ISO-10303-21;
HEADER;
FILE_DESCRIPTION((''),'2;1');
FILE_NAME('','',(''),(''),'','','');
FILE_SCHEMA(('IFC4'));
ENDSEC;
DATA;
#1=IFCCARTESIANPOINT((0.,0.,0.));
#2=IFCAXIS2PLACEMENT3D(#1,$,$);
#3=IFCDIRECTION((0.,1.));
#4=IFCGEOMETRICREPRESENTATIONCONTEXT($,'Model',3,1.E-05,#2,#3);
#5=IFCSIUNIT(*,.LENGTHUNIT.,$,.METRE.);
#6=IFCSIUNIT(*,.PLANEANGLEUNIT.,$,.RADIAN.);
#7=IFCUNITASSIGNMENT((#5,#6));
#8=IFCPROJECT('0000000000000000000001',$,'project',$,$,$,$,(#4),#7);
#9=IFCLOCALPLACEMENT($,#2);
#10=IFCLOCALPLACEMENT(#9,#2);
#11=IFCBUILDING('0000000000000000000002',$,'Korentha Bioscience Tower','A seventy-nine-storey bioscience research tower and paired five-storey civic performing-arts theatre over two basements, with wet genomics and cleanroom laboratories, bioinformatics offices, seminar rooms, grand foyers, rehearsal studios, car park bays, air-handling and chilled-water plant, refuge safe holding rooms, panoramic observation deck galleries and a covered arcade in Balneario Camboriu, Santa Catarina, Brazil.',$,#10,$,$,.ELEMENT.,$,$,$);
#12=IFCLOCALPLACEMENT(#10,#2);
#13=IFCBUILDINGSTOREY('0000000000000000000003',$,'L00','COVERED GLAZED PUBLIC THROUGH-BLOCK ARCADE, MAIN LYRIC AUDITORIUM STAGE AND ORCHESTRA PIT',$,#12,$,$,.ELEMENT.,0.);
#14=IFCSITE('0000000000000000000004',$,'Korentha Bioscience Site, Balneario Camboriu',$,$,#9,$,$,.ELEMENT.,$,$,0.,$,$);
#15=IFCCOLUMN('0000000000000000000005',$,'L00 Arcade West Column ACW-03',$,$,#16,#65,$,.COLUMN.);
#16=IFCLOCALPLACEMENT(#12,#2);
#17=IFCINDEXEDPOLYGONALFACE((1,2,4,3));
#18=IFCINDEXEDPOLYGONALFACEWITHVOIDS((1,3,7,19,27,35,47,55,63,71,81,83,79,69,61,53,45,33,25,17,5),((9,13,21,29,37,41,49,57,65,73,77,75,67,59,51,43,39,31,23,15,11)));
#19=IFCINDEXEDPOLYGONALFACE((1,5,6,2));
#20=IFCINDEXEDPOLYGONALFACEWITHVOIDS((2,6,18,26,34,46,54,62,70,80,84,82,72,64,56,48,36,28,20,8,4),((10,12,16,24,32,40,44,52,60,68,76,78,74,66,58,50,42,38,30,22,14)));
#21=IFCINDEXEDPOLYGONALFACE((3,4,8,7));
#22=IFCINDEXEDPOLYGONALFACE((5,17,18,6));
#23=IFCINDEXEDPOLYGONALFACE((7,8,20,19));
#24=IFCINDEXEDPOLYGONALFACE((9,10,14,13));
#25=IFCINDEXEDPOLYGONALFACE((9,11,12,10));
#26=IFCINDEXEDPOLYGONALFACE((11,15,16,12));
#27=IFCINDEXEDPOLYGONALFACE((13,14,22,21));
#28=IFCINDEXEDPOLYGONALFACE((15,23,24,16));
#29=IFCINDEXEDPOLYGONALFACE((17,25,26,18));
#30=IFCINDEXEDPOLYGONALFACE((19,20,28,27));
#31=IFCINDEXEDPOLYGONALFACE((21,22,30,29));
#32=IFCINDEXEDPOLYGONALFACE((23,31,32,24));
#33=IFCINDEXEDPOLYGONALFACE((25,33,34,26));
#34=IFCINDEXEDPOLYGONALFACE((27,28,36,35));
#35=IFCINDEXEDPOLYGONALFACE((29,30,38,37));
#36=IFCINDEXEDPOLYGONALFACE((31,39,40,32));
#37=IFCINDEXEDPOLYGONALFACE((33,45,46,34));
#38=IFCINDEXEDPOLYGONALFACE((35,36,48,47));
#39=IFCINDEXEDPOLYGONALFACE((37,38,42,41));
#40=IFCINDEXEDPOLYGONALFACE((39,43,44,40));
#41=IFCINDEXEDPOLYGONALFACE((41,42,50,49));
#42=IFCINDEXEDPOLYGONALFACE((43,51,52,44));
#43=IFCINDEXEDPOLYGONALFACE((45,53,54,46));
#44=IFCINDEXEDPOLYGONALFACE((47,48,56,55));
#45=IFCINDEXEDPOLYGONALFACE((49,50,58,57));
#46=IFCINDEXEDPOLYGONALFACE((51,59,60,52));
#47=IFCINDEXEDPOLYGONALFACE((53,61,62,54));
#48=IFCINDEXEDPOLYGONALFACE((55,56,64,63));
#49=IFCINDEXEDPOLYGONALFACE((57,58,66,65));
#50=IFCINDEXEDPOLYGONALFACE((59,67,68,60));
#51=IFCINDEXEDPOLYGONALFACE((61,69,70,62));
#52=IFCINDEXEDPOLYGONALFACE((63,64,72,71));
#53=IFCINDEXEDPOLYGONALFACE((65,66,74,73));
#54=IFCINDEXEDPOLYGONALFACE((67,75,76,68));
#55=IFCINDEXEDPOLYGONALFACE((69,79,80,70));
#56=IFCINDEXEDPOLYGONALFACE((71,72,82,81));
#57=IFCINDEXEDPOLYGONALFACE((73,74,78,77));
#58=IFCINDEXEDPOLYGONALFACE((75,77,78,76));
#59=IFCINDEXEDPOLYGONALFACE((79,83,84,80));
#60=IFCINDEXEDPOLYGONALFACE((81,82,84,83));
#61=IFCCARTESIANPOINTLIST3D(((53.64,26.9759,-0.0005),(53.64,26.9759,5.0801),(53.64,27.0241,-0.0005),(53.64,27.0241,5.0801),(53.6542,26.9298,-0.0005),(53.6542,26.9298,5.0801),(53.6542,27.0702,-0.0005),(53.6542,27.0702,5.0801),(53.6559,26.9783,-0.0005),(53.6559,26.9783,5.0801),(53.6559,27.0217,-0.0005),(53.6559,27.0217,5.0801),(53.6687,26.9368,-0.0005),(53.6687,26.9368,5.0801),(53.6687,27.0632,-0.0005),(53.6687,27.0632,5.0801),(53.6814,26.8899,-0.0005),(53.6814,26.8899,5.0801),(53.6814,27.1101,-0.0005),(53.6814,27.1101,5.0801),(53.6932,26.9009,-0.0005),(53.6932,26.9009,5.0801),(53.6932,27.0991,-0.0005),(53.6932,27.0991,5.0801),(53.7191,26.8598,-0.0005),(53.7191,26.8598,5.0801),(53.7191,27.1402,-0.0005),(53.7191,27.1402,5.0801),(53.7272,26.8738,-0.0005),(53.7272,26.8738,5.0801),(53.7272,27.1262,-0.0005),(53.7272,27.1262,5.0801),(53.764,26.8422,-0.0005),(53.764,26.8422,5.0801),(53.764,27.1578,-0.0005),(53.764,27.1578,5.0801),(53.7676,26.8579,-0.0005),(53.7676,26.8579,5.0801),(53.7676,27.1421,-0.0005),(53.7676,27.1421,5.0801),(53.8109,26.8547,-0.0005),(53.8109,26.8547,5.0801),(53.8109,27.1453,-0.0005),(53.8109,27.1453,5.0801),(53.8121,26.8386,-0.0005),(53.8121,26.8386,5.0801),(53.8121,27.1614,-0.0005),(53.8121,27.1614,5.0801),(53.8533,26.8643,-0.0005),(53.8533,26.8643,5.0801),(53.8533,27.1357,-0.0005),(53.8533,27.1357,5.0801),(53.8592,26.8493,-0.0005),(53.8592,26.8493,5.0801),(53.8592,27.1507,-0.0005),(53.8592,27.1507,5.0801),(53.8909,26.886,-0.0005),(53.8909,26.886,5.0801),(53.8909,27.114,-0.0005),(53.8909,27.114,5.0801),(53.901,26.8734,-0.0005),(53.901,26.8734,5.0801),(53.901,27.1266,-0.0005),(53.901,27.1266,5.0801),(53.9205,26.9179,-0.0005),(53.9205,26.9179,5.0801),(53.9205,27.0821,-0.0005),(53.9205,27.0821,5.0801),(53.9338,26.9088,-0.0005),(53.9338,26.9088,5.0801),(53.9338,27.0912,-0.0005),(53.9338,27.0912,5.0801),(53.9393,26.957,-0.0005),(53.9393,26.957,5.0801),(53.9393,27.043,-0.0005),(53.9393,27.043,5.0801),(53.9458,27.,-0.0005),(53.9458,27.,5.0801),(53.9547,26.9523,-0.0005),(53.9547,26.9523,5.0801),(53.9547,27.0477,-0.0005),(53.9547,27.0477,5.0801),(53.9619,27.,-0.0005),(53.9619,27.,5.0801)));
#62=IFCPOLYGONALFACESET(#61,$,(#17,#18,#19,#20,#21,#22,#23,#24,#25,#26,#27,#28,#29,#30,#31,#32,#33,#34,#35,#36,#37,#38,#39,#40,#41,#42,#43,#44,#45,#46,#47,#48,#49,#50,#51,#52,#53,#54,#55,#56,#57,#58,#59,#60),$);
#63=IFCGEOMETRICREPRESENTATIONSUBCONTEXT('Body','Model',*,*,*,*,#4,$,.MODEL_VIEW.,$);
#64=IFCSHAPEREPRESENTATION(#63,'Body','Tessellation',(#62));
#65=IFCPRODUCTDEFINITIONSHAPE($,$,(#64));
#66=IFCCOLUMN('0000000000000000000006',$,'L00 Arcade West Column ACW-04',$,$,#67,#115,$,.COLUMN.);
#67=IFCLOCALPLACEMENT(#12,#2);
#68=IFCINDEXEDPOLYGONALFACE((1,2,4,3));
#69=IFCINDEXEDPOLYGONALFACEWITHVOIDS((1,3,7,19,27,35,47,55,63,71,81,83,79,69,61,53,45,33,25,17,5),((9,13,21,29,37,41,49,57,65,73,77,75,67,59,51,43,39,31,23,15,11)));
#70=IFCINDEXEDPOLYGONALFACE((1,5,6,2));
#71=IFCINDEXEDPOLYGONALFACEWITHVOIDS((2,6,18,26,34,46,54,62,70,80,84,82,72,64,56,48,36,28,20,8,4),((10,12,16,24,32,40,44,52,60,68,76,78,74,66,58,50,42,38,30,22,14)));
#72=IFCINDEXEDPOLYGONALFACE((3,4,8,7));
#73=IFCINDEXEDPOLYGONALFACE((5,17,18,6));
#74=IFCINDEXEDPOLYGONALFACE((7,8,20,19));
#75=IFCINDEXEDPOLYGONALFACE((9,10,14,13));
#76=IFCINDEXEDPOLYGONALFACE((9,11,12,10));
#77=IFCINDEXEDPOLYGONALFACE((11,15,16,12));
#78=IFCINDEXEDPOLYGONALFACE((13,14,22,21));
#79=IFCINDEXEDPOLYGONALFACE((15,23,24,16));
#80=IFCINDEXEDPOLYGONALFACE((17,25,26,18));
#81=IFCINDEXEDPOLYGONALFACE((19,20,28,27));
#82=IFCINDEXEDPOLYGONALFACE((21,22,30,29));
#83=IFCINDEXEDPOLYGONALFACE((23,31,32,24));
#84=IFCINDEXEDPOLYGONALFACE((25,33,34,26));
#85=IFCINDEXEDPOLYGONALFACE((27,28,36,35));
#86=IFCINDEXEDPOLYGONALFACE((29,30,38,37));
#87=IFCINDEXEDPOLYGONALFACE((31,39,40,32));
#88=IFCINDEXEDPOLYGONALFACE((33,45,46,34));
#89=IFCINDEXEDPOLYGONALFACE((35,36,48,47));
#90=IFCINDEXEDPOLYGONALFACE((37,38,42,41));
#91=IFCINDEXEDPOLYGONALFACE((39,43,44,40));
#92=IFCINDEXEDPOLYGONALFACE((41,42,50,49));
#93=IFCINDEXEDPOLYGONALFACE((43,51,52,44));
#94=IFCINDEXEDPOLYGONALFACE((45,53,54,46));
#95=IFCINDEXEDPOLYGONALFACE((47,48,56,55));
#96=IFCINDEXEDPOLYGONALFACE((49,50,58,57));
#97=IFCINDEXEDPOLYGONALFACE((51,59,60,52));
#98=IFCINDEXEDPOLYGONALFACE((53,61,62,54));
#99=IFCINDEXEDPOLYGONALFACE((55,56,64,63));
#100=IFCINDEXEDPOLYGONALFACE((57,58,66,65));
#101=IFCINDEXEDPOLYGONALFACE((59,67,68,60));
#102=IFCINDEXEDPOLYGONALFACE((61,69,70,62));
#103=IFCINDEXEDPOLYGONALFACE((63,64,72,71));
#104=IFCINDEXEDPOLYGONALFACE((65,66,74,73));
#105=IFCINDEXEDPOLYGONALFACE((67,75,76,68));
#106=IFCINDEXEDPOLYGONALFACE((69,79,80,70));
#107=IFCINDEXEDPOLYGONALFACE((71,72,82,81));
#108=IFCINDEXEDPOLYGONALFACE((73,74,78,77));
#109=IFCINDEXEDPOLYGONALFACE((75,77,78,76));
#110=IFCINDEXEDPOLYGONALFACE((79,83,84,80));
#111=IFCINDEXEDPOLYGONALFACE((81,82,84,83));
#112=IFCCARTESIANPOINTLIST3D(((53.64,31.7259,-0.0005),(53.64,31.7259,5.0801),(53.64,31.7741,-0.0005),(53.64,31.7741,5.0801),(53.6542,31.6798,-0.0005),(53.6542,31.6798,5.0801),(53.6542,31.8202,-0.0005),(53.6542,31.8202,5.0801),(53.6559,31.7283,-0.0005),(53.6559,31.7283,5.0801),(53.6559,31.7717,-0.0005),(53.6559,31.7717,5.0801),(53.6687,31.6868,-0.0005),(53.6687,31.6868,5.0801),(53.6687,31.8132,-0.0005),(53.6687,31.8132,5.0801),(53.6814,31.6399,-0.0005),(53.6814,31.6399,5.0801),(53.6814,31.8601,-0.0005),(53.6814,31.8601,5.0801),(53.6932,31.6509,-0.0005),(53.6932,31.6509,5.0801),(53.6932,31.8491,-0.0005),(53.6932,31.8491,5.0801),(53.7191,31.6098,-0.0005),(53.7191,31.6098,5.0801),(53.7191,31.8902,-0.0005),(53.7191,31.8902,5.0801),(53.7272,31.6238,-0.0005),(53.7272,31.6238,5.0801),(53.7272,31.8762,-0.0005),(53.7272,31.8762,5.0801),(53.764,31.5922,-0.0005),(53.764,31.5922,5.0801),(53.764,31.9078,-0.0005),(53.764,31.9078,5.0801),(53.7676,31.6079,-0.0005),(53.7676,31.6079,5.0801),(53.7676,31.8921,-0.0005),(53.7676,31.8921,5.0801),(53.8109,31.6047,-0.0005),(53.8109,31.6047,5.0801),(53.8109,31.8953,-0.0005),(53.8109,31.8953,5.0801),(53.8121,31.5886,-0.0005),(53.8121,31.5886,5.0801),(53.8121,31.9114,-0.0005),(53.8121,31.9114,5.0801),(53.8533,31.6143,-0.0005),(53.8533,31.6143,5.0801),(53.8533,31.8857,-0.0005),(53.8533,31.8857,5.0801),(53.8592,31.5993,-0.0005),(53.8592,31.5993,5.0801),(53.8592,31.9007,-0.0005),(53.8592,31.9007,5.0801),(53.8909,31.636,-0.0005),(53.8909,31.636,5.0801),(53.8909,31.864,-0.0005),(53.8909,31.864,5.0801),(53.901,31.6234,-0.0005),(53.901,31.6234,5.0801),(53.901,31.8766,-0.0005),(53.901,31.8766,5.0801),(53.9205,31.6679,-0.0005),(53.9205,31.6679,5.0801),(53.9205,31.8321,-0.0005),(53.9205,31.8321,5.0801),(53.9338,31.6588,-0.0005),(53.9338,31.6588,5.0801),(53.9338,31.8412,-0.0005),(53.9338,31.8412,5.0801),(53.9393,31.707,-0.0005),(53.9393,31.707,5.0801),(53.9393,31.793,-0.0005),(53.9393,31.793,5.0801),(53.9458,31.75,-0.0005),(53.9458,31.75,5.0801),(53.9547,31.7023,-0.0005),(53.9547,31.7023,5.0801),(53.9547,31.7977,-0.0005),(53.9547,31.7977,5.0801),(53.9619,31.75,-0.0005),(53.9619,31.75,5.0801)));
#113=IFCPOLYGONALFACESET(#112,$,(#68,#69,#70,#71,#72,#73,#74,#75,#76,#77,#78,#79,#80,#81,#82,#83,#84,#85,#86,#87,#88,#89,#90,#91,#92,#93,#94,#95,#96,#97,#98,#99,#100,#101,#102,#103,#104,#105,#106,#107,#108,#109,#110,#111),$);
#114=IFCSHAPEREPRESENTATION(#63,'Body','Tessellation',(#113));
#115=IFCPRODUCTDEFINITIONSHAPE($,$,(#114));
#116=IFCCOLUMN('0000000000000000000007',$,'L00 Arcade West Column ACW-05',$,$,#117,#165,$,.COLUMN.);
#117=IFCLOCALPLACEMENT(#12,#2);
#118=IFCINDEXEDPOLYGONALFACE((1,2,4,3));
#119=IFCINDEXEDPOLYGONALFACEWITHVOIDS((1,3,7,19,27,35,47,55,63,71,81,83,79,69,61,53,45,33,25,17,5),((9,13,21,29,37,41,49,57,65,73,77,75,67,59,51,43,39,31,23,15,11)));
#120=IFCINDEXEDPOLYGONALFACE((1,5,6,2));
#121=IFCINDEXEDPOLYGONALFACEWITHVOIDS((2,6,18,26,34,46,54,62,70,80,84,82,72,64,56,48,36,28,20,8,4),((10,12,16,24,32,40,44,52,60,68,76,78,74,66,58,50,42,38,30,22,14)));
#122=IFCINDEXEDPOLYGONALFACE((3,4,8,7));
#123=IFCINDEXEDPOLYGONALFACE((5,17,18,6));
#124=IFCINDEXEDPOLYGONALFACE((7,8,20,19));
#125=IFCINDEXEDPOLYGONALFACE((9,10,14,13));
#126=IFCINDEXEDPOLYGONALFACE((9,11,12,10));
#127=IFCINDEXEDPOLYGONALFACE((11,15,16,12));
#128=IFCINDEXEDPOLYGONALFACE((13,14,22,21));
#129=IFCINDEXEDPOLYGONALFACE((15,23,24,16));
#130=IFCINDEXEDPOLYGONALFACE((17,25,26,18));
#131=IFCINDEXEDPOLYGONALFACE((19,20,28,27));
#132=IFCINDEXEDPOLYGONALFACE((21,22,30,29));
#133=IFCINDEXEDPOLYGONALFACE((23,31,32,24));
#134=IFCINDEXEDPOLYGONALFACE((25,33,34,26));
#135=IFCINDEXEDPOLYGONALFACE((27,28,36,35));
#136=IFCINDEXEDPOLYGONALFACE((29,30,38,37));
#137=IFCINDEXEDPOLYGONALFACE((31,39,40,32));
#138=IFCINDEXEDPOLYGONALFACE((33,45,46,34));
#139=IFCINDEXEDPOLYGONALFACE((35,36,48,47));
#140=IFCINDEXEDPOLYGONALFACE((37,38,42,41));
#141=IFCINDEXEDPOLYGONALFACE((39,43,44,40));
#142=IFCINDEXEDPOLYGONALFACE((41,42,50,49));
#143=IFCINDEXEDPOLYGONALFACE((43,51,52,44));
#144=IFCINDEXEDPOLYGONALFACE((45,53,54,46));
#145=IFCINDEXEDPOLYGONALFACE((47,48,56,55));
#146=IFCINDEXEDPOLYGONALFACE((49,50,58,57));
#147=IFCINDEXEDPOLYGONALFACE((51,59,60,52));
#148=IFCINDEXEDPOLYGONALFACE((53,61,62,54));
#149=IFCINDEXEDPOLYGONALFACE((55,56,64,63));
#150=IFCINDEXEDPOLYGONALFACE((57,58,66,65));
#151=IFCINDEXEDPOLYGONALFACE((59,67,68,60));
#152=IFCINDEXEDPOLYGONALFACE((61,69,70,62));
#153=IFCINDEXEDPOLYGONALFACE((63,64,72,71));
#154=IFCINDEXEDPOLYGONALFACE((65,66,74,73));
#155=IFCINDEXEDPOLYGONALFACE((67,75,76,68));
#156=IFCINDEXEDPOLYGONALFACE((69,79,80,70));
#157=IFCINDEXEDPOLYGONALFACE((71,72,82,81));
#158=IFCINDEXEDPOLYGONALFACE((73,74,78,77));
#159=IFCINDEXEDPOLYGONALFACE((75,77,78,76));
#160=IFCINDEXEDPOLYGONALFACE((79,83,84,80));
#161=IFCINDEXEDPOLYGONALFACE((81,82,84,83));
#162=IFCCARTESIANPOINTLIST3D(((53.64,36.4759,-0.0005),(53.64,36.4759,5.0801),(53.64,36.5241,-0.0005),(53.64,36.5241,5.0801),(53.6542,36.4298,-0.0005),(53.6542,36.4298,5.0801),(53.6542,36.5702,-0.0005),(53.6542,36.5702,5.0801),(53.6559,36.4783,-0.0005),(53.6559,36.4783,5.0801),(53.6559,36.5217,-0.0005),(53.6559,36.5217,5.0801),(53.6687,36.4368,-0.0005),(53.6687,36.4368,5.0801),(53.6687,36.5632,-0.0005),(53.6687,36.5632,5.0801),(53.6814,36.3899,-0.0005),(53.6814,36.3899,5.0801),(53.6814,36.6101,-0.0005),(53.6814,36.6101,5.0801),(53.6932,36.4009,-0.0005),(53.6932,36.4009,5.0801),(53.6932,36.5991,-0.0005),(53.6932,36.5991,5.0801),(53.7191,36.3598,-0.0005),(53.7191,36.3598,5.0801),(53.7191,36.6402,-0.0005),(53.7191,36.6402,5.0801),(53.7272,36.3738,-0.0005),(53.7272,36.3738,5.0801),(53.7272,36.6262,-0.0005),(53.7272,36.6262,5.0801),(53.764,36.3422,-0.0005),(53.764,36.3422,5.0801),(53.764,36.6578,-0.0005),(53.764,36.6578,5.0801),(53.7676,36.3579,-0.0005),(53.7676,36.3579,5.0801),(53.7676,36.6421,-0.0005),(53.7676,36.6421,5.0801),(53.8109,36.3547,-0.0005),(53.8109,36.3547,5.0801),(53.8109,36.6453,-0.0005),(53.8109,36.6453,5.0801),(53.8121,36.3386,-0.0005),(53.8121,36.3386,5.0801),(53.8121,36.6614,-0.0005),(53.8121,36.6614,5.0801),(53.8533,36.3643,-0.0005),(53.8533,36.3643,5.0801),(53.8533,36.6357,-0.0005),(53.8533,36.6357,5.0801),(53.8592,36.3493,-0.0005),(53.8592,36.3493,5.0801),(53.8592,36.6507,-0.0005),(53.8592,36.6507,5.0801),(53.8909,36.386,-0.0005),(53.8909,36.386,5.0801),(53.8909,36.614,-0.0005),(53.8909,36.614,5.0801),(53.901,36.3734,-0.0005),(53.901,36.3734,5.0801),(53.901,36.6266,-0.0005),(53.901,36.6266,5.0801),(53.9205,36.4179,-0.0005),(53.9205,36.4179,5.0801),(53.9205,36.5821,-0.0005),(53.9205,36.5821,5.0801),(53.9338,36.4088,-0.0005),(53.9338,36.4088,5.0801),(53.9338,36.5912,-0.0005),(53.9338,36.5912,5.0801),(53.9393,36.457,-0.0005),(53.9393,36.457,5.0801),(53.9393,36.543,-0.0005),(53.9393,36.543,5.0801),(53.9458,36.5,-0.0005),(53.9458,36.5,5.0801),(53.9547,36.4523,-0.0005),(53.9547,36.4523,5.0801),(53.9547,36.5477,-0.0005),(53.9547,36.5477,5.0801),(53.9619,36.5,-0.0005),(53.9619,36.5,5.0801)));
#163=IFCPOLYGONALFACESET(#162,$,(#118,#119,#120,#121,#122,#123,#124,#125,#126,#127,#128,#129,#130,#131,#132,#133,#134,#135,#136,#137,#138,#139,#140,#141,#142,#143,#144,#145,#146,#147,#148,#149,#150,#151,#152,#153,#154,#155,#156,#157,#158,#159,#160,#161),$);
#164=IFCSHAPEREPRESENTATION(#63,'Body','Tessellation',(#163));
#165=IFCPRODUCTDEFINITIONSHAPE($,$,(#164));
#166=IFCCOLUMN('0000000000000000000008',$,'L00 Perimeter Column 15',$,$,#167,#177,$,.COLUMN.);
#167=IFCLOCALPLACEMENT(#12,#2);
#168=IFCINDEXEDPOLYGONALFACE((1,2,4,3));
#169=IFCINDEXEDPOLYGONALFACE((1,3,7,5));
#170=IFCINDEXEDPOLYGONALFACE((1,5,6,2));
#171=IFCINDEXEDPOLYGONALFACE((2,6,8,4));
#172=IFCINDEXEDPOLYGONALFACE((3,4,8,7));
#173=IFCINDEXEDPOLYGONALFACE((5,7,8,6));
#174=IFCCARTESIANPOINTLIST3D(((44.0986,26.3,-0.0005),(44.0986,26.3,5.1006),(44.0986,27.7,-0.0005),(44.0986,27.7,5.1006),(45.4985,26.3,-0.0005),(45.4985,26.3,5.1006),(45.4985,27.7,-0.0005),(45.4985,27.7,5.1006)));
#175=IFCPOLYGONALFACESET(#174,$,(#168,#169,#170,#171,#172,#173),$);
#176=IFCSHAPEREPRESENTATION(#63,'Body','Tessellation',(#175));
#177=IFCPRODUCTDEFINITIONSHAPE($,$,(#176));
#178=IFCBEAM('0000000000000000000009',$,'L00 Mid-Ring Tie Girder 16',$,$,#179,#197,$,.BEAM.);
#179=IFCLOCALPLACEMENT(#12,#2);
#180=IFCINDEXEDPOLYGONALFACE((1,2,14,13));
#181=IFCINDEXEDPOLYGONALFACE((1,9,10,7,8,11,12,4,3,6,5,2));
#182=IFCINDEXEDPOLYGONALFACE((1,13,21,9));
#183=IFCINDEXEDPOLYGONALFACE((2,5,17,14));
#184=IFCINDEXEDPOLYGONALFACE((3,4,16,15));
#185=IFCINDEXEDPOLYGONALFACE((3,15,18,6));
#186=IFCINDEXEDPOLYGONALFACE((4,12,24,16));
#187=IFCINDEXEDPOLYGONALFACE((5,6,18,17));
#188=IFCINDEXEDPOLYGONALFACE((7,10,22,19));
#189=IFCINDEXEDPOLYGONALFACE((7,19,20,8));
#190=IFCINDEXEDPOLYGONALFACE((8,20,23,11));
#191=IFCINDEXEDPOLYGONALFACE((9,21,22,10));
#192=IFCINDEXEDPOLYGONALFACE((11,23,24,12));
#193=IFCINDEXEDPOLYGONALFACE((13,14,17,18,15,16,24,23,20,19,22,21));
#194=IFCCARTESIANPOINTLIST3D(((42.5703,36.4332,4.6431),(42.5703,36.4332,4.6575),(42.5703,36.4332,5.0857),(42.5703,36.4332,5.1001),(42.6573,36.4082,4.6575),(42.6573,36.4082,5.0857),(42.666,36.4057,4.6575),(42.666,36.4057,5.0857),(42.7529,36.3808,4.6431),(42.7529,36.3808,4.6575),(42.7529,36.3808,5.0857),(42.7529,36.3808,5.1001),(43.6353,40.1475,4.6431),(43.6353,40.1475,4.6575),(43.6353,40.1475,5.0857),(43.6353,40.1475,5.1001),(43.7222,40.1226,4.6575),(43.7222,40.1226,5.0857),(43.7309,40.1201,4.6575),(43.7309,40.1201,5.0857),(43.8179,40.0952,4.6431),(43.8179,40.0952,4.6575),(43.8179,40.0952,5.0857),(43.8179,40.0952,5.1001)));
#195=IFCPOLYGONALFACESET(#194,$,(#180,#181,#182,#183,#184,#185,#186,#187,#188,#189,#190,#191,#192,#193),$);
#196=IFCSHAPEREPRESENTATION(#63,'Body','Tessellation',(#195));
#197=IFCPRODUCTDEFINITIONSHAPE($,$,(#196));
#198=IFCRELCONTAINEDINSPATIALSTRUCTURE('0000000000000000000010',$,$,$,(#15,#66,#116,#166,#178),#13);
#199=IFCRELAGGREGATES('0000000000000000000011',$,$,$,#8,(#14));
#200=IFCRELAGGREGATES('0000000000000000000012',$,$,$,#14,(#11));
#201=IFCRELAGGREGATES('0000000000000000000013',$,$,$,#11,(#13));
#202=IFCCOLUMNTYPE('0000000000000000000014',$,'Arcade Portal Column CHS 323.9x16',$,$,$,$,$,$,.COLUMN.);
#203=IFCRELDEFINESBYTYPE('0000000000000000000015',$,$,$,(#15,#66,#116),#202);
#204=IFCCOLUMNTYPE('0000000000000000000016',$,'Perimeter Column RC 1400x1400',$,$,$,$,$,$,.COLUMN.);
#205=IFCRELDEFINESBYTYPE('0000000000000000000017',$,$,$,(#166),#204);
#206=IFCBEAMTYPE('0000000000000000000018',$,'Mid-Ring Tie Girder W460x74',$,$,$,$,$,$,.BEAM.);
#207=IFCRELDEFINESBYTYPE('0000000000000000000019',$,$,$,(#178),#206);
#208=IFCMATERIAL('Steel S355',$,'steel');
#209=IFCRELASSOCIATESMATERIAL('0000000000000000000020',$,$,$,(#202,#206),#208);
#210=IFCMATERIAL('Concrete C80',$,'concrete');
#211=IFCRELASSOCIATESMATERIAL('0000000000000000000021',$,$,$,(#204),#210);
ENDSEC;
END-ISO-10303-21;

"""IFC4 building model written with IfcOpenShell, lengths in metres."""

from ifc_helpers import new_model, si_unit, direction, frame, origin, origin_2d, place, context, subcontext, project, spatial, rectangle, hollow_circle, i_section, extrude, material, material_profile, profile_set, type_object, element, save


model = new_model("IFC4")

# Units and contexts
model_context = context("Model", 3, precision=1e-05, world=origin(), true_north=direction((0.0, 1.0)))
body_context = subcontext(model_context, "Body", "Model", "MODEL_VIEW")
ifc_project = project(units=[si_unit("LENGTHUNIT", "METRE"), si_unit("PLANEANGLEUNIT", "RADIAN")], contexts=[model_context])

# Site, building, storey
site_placement = place(None, origin())
site = spatial("IfcSite", under=ifc_project, at=site_placement, Name="Korentha Bioscience Site, Balneario Camboriu", CompositionType="ELEMENT", RefElevation=0.0)
building_placement = place(site_placement, origin())
building = spatial("IfcBuilding", under=site, at=building_placement, Name="Korentha Bioscience Tower", Description="A seventy-nine-storey bioscience research tower and paired five-storey civic performing-arts theatre over two basements, with wet genomics and cleanroom laboratories, bioinformatics offices, seminar rooms, grand foyers, rehearsal studios, car park bays, air-handling and chilled-water plant, refuge safe holding rooms, panoramic observation deck galleries and a covered arcade in Balneario Camboriu, Santa Catarina, Brazil.", CompositionType="ELEMENT")
storey_placement = place(building_placement, origin())
storey = spatial("IfcBuildingStorey", under=building, at=storey_placement, Name="L00", Description="COVERED GLAZED PUBLIC THROUGH-BLOCK ARCADE, MAIN LYRIC AUDITORIUM STAGE AND ORCHESTRA PIT", CompositionType="ELEMENT", Elevation=0.0)

# Columns
ifc_material_1 = material(Name="Steel S355", Category="steel")
ifc_material_profile_1 = material_profile(ifc_material_1, hollow_circle(Radius=0.1619, WallThickness=0.0161, at=origin_2d()), Name="Steel S355")
ifc_profile_set_1 = profile_set([ifc_material_profile_1], Name="Steel S355 (AC-01)")
column_type_1 = type_object("IfcColumnType", Name="Arcade Portal Column CHS 323.9x16", PredefinedType="COLUMN", material=ifc_profile_set_1)
for number, where, z_axis, x_axis, name in (
    (1, (53.8, 27.0, -0.0005), (0.0, 0.0, 1.0), (1.0, 0.0, 0.0), "L00 Arcade West Column ACW-03"),
    (2, (53.8, 31.75, -0.0005), (0.0, 0.0, 1.0), (1.0, 0.0, 0.0), "L00 Arcade West Column ACW-04"),
    (3, (53.8, 36.5, -0.0005), (0.0, 0.0, 1.0), (1.0, 0.0, 0.0), "L00 Arcade West Column ACW-05"),
):
    element("IfcColumn", number, at=place(storey_placement, frame(where, z_axis=z_axis, x_axis=x_axis)), inside=storey, type_object=column_type_1, Name=name, PredefinedType="COLUMN", context=body_context, shape_type="SweptSolid", body=[
        extrude(hollow_circle(Radius=0.1619, WallThickness=0.0161, at=origin_2d()), origin(), (0.0, 0.0, 1.0), 5.0806),
    ])
ifc_material_2 = material(Name="Concrete C80", Category="concrete")
ifc_material_profile_2 = material_profile(ifc_material_2, rectangle(XDim=1.3999, YDim=1.3999, at=origin_2d()), Name="Concrete C80")
ifc_profile_set_2 = profile_set([ifc_material_profile_2], Name="Concrete C80 (COL-P14)")
column_type_2 = type_object("IfcColumnType", Name="Perimeter Column RC 1400x1400", PredefinedType="COLUMN", material=ifc_profile_set_2)
column_placement = place(storey_placement, frame((44.7986, 27.0, -0.0005), z_axis=(0.0, 0.0, 1.0), x_axis=(0.0, 1.0, 0.0)))
element("IfcColumn", 4, at=column_placement, inside=storey, type_object=column_type_2, Name="L00 Perimeter Column 15", PredefinedType="COLUMN", context=body_context, shape_type="SweptSolid", body=[
    extrude(rectangle(XDim=1.3999, YDim=1.3999, at=origin_2d()), origin(), (0.0, 0.0, 1.0), 5.1011),
])

# Beam
ifc_material_profile_3 = material_profile(ifc_material_1, i_section(OverallWidth=0.1899, OverallDepth=0.457, WebThickness=0.009, FlangeThickness=0.0144, at=origin_2d()), Name="Steel S355")
ifc_profile_set_3 = profile_set([ifc_material_profile_3], Name="Steel S355 (MB-460)")
beam_type_1 = type_object("IfcBeamType", Name="Mid-Ring Tie Girder W460x74", PredefinedType="BEAM", material=ifc_profile_set_3)
beam_1_placement = place(storey_placement, frame((42.6616, 36.407, 4.8716), z_axis=(0.275606, 0.961271, 0.0), x_axis=(-0.961271, 0.275606, 0.0)))
element("IfcBeam", 5, at=beam_1_placement, inside=storey, type_object=beam_type_1, Name="L00 Mid-Ring Tie Girder 16", PredefinedType="BEAM", context=body_context, shape_type="SweptSolid", body=[
    extrude(i_section(OverallWidth=0.1899, OverallDepth=0.457, WebThickness=0.009, FlangeThickness=0.0144, at=origin_2d()), origin(), (0.0, 0.0, 1.0), 3.864),
])

save(model, "model.ifc")
